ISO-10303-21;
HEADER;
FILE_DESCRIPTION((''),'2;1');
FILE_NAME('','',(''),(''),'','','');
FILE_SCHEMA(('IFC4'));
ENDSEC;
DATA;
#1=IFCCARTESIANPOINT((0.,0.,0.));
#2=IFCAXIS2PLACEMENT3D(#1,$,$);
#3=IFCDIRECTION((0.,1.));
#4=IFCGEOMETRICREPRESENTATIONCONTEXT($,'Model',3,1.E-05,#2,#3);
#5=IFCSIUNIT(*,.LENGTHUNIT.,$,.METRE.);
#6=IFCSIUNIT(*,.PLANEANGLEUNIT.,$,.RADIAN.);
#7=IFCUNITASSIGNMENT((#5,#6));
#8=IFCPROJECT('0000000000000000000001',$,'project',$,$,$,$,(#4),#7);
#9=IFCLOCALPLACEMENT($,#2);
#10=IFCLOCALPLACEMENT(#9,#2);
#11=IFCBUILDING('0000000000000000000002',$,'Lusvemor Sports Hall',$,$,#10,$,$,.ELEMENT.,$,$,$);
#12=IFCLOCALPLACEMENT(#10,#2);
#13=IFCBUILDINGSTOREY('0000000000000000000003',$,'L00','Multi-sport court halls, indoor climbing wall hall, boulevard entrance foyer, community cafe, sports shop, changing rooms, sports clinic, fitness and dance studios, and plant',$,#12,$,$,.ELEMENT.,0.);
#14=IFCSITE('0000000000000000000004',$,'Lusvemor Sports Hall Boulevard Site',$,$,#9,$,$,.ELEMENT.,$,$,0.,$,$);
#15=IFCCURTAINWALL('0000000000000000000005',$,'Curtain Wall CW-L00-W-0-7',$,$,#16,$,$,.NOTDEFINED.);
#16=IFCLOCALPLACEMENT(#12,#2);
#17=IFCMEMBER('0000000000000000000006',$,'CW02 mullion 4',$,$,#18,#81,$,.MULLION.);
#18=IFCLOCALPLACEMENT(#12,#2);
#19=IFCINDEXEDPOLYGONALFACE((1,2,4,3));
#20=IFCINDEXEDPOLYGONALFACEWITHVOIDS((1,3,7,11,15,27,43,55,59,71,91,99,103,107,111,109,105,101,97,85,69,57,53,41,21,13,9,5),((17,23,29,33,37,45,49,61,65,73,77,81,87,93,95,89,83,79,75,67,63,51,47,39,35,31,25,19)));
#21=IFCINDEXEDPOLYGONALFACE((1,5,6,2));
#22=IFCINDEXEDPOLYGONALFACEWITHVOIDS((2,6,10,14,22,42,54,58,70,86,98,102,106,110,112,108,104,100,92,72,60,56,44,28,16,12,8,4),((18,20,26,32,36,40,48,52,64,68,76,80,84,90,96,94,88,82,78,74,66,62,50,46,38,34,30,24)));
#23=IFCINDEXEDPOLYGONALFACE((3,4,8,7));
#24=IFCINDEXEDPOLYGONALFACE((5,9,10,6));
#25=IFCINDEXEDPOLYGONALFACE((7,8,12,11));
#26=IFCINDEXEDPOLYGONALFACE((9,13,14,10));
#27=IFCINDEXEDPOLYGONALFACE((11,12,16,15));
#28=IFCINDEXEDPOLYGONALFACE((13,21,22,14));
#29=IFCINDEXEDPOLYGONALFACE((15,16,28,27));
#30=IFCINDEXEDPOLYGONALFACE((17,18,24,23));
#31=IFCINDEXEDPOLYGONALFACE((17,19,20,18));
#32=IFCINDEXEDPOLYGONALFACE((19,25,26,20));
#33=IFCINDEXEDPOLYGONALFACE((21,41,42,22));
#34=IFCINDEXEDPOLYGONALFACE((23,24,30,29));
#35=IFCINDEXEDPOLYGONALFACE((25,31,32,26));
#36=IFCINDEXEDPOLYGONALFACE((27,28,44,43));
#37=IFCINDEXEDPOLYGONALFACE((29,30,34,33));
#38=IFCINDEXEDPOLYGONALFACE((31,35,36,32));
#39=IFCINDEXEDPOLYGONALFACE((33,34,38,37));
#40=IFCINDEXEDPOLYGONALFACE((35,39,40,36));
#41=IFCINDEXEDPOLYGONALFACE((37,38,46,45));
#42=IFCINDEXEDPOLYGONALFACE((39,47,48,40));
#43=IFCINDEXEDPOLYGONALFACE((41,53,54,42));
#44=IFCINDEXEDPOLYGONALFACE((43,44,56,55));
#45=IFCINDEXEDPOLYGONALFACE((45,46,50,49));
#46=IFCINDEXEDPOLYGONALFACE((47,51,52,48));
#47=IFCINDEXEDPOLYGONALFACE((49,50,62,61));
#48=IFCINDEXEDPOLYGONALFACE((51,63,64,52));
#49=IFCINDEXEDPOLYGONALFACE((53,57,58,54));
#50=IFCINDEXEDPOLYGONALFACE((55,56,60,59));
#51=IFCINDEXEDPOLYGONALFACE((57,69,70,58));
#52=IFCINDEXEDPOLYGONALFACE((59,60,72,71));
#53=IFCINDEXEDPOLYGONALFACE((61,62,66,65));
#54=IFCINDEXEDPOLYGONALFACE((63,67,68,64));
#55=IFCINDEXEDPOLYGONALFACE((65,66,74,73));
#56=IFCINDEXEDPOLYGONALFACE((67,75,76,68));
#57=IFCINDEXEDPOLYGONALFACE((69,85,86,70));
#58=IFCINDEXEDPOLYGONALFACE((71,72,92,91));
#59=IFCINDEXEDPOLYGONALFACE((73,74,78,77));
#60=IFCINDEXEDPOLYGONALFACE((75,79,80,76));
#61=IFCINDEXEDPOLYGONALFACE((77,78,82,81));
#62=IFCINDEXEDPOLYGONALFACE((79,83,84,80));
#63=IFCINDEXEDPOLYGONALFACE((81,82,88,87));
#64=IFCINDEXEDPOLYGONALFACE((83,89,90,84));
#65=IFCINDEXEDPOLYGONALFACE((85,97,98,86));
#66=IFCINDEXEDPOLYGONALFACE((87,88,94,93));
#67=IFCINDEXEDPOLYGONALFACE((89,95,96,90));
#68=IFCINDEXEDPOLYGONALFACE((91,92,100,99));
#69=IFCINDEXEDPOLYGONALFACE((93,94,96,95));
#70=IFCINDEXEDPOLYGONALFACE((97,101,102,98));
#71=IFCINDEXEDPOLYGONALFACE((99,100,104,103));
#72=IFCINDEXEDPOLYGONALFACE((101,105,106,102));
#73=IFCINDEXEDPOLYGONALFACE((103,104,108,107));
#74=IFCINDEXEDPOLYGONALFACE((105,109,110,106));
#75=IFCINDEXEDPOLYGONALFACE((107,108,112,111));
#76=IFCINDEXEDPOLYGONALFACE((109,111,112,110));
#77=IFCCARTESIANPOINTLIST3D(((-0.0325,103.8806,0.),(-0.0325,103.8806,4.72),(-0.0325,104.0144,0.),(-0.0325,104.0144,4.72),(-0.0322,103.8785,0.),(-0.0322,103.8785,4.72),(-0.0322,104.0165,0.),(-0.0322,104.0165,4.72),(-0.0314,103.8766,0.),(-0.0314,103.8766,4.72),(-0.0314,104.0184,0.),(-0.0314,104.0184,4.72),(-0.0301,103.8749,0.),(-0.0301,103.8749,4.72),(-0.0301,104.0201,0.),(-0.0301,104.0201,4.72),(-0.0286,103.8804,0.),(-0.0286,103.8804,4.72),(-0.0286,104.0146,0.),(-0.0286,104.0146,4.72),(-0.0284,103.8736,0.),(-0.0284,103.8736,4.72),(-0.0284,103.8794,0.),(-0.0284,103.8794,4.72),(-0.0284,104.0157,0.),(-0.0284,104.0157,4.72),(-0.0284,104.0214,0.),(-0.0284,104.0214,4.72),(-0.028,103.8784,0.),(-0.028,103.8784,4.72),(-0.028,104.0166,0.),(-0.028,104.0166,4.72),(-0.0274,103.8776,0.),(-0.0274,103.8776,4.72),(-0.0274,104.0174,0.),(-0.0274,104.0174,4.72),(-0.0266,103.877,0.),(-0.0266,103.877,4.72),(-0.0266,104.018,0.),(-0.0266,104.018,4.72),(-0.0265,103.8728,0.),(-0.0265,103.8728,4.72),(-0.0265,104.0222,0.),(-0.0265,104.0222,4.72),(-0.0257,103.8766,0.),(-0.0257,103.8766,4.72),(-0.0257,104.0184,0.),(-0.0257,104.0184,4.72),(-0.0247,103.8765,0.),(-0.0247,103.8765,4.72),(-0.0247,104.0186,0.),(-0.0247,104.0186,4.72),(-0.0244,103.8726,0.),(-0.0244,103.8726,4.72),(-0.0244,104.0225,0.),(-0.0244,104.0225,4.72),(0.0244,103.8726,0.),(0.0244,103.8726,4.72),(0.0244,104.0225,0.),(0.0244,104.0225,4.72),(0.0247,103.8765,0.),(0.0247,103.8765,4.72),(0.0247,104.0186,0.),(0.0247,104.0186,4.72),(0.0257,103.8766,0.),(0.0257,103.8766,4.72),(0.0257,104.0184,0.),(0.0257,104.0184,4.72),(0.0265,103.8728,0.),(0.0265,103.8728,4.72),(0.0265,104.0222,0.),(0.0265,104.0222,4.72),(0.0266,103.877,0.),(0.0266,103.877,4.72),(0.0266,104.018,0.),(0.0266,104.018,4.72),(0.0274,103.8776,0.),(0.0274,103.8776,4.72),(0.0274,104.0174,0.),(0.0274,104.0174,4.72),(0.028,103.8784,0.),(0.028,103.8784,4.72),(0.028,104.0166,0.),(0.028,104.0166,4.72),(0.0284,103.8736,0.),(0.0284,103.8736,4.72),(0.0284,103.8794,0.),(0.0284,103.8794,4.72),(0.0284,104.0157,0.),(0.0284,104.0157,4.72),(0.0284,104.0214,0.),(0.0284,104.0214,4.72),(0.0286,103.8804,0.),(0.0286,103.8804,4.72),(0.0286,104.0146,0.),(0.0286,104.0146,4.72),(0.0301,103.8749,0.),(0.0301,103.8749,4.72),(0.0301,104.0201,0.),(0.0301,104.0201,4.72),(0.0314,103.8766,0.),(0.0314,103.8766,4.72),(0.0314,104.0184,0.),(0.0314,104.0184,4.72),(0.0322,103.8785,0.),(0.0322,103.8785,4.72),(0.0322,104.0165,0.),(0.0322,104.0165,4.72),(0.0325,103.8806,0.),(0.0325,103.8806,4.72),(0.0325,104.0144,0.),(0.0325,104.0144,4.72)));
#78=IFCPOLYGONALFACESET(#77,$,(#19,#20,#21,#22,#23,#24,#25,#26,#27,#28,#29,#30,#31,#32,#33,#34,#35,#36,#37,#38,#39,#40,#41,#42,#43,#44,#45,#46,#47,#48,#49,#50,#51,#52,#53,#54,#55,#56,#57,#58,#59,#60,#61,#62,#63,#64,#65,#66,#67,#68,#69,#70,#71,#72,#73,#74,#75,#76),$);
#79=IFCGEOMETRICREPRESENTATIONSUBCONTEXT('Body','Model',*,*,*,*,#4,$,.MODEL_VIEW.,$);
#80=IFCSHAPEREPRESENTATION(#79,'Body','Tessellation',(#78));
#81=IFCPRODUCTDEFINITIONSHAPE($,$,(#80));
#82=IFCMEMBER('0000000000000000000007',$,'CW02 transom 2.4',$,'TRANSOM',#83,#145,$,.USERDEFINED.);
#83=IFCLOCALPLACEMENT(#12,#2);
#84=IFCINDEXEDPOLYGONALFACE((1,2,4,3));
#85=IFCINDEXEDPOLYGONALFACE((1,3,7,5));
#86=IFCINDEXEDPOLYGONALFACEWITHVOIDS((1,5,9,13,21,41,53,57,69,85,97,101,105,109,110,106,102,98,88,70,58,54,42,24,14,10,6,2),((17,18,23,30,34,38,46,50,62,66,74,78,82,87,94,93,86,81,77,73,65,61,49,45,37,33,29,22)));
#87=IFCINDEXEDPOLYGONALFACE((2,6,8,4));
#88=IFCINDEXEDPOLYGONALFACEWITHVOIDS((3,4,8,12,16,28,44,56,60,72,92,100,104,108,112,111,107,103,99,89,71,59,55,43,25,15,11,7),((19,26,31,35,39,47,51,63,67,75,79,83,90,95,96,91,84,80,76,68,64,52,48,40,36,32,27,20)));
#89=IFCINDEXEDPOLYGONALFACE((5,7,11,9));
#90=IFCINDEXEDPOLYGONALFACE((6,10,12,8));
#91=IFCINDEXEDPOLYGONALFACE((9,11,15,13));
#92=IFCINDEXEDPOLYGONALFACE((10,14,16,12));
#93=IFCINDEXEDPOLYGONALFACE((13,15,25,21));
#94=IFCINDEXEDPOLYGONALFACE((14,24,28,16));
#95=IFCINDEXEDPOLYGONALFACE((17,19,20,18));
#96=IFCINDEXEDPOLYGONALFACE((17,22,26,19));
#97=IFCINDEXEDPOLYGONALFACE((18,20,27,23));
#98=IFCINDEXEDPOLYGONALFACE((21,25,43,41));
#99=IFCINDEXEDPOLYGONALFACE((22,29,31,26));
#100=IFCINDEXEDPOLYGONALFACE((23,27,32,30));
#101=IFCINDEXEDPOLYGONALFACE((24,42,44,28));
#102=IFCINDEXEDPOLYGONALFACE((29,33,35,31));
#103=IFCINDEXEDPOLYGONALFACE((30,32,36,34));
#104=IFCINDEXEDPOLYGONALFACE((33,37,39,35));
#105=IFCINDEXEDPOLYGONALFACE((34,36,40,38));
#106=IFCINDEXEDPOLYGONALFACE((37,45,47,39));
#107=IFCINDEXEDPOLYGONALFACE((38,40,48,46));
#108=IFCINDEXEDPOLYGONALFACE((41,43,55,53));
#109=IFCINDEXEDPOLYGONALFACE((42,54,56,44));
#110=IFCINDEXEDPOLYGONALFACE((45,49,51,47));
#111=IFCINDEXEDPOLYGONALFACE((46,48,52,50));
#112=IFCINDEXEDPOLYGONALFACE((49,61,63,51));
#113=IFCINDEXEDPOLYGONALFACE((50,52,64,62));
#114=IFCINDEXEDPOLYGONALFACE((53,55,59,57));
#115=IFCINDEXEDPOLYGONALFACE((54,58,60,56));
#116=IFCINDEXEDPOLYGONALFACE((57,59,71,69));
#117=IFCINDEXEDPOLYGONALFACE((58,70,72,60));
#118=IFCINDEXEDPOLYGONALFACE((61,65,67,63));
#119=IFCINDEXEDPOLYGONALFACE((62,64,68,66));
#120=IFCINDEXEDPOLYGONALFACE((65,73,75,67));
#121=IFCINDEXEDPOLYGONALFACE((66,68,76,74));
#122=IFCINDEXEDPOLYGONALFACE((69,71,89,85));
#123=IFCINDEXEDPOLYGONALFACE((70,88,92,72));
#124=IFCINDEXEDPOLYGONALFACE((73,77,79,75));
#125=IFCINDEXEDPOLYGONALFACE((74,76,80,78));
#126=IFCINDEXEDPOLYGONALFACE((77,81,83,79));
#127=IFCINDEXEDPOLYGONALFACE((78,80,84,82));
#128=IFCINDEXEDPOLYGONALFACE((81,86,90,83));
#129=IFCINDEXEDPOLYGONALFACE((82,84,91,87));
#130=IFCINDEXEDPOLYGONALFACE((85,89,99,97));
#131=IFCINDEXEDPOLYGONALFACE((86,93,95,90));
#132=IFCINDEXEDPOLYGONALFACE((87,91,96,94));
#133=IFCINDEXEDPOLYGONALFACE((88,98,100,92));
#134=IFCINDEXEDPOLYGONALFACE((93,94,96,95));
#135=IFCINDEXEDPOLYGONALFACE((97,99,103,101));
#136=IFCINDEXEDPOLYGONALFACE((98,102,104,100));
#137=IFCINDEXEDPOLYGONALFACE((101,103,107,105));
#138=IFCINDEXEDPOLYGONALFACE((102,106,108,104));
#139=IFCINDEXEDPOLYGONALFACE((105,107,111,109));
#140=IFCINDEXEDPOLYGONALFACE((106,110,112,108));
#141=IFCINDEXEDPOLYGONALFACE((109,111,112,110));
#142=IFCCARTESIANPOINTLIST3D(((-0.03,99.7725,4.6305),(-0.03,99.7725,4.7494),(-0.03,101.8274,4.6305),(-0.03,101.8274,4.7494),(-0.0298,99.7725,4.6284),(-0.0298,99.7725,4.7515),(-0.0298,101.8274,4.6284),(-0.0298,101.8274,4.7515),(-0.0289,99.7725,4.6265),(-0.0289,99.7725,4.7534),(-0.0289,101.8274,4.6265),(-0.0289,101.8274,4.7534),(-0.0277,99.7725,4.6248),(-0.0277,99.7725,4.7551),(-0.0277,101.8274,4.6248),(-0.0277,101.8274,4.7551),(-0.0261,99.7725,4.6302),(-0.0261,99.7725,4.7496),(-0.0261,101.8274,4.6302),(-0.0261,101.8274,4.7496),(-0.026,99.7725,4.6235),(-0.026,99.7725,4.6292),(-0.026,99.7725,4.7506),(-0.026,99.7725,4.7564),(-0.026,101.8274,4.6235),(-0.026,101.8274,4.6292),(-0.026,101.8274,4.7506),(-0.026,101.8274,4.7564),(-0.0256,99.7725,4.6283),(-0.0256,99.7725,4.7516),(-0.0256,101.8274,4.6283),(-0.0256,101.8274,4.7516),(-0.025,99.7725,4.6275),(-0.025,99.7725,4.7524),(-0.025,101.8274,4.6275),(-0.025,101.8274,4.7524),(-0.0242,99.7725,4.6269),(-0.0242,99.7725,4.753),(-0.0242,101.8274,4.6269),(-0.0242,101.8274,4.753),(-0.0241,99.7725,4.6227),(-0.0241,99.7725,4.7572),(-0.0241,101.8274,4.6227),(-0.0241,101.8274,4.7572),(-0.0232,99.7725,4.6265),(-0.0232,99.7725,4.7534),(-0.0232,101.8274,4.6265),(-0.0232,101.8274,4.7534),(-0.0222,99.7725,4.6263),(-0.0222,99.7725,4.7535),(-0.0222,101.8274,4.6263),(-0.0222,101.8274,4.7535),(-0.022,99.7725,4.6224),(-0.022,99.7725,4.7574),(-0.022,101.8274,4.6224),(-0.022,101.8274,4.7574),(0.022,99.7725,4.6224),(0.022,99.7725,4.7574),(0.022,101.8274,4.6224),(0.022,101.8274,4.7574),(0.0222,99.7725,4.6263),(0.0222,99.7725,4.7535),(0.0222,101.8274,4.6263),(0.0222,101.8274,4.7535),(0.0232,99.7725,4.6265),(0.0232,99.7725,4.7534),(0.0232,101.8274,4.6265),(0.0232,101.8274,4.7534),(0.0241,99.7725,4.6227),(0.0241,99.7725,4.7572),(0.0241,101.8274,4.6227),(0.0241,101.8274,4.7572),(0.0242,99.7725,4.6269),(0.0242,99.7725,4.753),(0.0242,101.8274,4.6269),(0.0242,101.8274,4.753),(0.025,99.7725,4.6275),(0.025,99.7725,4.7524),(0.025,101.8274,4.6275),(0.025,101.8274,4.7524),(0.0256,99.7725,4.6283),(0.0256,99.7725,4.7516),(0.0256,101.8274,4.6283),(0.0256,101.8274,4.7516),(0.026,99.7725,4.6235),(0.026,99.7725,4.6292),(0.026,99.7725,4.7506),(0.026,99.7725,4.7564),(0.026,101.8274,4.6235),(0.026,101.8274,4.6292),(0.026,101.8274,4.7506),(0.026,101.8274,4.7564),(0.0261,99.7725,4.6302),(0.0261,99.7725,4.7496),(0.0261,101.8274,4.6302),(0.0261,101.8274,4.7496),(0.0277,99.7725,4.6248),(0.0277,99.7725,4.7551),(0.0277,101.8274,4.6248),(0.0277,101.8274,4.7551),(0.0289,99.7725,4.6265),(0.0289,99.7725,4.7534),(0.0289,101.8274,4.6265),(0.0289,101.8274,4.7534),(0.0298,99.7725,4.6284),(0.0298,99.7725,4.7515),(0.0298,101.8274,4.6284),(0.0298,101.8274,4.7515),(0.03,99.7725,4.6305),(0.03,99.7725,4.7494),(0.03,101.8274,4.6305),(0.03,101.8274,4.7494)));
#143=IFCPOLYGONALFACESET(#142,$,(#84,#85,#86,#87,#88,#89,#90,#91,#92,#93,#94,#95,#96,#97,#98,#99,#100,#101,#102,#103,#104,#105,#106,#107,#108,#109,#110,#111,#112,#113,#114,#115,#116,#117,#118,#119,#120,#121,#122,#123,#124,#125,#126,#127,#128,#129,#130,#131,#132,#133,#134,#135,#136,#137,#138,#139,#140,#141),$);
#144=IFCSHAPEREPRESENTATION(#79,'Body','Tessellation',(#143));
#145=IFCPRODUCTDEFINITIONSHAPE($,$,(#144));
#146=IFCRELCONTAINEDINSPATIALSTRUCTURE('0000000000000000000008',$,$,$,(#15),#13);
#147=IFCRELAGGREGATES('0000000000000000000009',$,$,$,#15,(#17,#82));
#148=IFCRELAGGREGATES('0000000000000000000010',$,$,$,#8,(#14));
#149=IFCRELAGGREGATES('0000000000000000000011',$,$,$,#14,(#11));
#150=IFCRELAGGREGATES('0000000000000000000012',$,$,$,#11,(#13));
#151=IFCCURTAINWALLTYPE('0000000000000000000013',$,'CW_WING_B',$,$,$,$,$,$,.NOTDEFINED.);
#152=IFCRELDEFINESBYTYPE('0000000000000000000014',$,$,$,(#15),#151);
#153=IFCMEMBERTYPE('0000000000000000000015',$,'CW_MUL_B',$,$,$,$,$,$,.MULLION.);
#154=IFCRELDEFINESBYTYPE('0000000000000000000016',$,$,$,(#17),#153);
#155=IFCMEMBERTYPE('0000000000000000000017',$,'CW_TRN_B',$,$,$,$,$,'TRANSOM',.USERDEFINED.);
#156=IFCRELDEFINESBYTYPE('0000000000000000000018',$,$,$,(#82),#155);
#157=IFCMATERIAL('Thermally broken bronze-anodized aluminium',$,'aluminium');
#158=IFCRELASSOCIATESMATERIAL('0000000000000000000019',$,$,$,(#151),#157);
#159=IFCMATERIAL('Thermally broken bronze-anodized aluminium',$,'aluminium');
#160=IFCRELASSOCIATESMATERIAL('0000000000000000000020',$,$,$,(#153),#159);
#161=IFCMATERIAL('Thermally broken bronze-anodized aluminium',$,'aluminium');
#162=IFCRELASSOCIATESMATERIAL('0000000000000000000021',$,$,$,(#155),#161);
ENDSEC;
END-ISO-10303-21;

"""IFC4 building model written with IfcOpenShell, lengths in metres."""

from ifc_helpers import new_model, si_unit, direction, frame, origin, origin_2d, place, context, subcontext, project, spatial, hollow_rectangle, extrude, material, material_profile, profile_set, type_object, element, aggregate, save


model = new_model("IFC4")

# Units and contexts
model_context = context("Model", 3, precision=1e-05, world=origin(), true_north=direction((0.0, 1.0)))
body_context = subcontext(model_context, "Body", "Model", "MODEL_VIEW")
ifc_project = project(units=[si_unit("LENGTHUNIT", "METRE"), si_unit("PLANEANGLEUNIT", "RADIAN")], contexts=[model_context])

# Site, building, storey
site_placement = place(None, origin())
site = spatial("IfcSite", under=ifc_project, at=site_placement, Name="Lusvemor Sports Hall Boulevard Site", CompositionType="ELEMENT", RefElevation=0.0)
building_placement = place(site_placement, origin())
building = spatial("IfcBuilding", under=site, at=building_placement, Name="Lusvemor Sports Hall", CompositionType="ELEMENT")
storey_placement = place(building_placement, origin())
storey = spatial("IfcBuildingStorey", under=building, at=storey_placement, Name="L00", Description="Multi-sport court halls, indoor climbing wall hall, boulevard entrance foyer, community cafe, sports shop, changing rooms, sports clinic, fitness and dance studios, and plant", CompositionType="ELEMENT", Elevation=0.0)

# Curtain wall, members
ifc_material_1 = material(Name="Thermally broken bronze-anodized aluminium", Category="aluminium")
curtain_wall_type = type_object("IfcCurtainWallType", Name="CW_WING_B", PredefinedType="NOTDEFINED", material=ifc_material_1)
curtain_wall_placement = place(storey_placement, origin())
curtain_wall = element("IfcCurtainWall", 1, at=curtain_wall_placement, inside=storey, type_object=curtain_wall_type, Name="Curtain Wall CW-L00-W-0-7", PredefinedType="NOTDEFINED")
ifc_material_2 = material(Name="Thermally broken bronze-anodized aluminium", Category="aluminium")
ifc_material_profile_1 = material_profile(ifc_material_2, hollow_rectangle(XDim=0.0649, YDim=0.1499, WallThickness=0.0039, InnerFilletRadius=0.0039, OuterFilletRadius=0.0081, at=origin_2d()), Name="CWMUL150x65x4")
ifc_profile_set_1 = profile_set([ifc_material_profile_1], Name="Thermally broken bronze-anodized aluminium")
member_type_1 = type_object("IfcMemberType", Name="CW_MUL_B", PredefinedType="MULLION", material=ifc_profile_set_1)
member_1_placement = place(storey_placement, frame((0.0, 103.9475, 0.0), z_axis=(0.0, 0.0, 1.0), x_axis=(-1.0, 0.0, 0.0)))
member_1 = element("IfcMember", 2, at=member_1_placement, type_object=member_type_1, Name="CW02 mullion 4", PredefinedType="MULLION", context=body_context, shape_type="SweptSolid", body=[
    extrude(hollow_rectangle(XDim=0.0649, YDim=0.1499, WallThickness=0.0039, InnerFilletRadius=0.0039, OuterFilletRadius=0.0081, at=origin_2d()), origin(), (0.0, 0.0, 1.0), 4.72),
])
ifc_material_3 = material(Name="Thermally broken bronze-anodized aluminium", Category="aluminium")
ifc_material_profile_2 = material_profile(ifc_material_3, hollow_rectangle(XDim=0.0601, YDim=0.135, WallThickness=0.0039, InnerFilletRadius=0.0039, OuterFilletRadius=0.0081, at=origin_2d()), Name="CWTRN135x60x4")
ifc_profile_set_2 = profile_set([ifc_material_profile_2], Name="Thermally broken bronze-anodized aluminium")
member_type_2 = type_object("IfcMemberType", Name="CW_TRN_B", ElementType="TRANSOM", PredefinedType="USERDEFINED", material=ifc_profile_set_2)
member_2_placement = place(storey_placement, frame((0.0, 99.7725, 4.6899), z_axis=(0.0, 1.0, 0.0), x_axis=(-1.0, 0.0, 0.0)))
member_2 = element("IfcMember", 3, at=member_2_placement, type_object=member_type_2, Name="CW02 transom 2.4", ObjectType="TRANSOM", PredefinedType="USERDEFINED", context=body_context, shape_type="SweptSolid", body=[
    extrude(hollow_rectangle(XDim=0.0601, YDim=0.135, WallThickness=0.0039, InnerFilletRadius=0.0039, OuterFilletRadius=0.0081, at=origin_2d()), origin(), (0.0, 0.0, 1.0), 2.0549),
])
aggregate(curtain_wall, [member_1, member_2])

save(model, "model.ifc")
